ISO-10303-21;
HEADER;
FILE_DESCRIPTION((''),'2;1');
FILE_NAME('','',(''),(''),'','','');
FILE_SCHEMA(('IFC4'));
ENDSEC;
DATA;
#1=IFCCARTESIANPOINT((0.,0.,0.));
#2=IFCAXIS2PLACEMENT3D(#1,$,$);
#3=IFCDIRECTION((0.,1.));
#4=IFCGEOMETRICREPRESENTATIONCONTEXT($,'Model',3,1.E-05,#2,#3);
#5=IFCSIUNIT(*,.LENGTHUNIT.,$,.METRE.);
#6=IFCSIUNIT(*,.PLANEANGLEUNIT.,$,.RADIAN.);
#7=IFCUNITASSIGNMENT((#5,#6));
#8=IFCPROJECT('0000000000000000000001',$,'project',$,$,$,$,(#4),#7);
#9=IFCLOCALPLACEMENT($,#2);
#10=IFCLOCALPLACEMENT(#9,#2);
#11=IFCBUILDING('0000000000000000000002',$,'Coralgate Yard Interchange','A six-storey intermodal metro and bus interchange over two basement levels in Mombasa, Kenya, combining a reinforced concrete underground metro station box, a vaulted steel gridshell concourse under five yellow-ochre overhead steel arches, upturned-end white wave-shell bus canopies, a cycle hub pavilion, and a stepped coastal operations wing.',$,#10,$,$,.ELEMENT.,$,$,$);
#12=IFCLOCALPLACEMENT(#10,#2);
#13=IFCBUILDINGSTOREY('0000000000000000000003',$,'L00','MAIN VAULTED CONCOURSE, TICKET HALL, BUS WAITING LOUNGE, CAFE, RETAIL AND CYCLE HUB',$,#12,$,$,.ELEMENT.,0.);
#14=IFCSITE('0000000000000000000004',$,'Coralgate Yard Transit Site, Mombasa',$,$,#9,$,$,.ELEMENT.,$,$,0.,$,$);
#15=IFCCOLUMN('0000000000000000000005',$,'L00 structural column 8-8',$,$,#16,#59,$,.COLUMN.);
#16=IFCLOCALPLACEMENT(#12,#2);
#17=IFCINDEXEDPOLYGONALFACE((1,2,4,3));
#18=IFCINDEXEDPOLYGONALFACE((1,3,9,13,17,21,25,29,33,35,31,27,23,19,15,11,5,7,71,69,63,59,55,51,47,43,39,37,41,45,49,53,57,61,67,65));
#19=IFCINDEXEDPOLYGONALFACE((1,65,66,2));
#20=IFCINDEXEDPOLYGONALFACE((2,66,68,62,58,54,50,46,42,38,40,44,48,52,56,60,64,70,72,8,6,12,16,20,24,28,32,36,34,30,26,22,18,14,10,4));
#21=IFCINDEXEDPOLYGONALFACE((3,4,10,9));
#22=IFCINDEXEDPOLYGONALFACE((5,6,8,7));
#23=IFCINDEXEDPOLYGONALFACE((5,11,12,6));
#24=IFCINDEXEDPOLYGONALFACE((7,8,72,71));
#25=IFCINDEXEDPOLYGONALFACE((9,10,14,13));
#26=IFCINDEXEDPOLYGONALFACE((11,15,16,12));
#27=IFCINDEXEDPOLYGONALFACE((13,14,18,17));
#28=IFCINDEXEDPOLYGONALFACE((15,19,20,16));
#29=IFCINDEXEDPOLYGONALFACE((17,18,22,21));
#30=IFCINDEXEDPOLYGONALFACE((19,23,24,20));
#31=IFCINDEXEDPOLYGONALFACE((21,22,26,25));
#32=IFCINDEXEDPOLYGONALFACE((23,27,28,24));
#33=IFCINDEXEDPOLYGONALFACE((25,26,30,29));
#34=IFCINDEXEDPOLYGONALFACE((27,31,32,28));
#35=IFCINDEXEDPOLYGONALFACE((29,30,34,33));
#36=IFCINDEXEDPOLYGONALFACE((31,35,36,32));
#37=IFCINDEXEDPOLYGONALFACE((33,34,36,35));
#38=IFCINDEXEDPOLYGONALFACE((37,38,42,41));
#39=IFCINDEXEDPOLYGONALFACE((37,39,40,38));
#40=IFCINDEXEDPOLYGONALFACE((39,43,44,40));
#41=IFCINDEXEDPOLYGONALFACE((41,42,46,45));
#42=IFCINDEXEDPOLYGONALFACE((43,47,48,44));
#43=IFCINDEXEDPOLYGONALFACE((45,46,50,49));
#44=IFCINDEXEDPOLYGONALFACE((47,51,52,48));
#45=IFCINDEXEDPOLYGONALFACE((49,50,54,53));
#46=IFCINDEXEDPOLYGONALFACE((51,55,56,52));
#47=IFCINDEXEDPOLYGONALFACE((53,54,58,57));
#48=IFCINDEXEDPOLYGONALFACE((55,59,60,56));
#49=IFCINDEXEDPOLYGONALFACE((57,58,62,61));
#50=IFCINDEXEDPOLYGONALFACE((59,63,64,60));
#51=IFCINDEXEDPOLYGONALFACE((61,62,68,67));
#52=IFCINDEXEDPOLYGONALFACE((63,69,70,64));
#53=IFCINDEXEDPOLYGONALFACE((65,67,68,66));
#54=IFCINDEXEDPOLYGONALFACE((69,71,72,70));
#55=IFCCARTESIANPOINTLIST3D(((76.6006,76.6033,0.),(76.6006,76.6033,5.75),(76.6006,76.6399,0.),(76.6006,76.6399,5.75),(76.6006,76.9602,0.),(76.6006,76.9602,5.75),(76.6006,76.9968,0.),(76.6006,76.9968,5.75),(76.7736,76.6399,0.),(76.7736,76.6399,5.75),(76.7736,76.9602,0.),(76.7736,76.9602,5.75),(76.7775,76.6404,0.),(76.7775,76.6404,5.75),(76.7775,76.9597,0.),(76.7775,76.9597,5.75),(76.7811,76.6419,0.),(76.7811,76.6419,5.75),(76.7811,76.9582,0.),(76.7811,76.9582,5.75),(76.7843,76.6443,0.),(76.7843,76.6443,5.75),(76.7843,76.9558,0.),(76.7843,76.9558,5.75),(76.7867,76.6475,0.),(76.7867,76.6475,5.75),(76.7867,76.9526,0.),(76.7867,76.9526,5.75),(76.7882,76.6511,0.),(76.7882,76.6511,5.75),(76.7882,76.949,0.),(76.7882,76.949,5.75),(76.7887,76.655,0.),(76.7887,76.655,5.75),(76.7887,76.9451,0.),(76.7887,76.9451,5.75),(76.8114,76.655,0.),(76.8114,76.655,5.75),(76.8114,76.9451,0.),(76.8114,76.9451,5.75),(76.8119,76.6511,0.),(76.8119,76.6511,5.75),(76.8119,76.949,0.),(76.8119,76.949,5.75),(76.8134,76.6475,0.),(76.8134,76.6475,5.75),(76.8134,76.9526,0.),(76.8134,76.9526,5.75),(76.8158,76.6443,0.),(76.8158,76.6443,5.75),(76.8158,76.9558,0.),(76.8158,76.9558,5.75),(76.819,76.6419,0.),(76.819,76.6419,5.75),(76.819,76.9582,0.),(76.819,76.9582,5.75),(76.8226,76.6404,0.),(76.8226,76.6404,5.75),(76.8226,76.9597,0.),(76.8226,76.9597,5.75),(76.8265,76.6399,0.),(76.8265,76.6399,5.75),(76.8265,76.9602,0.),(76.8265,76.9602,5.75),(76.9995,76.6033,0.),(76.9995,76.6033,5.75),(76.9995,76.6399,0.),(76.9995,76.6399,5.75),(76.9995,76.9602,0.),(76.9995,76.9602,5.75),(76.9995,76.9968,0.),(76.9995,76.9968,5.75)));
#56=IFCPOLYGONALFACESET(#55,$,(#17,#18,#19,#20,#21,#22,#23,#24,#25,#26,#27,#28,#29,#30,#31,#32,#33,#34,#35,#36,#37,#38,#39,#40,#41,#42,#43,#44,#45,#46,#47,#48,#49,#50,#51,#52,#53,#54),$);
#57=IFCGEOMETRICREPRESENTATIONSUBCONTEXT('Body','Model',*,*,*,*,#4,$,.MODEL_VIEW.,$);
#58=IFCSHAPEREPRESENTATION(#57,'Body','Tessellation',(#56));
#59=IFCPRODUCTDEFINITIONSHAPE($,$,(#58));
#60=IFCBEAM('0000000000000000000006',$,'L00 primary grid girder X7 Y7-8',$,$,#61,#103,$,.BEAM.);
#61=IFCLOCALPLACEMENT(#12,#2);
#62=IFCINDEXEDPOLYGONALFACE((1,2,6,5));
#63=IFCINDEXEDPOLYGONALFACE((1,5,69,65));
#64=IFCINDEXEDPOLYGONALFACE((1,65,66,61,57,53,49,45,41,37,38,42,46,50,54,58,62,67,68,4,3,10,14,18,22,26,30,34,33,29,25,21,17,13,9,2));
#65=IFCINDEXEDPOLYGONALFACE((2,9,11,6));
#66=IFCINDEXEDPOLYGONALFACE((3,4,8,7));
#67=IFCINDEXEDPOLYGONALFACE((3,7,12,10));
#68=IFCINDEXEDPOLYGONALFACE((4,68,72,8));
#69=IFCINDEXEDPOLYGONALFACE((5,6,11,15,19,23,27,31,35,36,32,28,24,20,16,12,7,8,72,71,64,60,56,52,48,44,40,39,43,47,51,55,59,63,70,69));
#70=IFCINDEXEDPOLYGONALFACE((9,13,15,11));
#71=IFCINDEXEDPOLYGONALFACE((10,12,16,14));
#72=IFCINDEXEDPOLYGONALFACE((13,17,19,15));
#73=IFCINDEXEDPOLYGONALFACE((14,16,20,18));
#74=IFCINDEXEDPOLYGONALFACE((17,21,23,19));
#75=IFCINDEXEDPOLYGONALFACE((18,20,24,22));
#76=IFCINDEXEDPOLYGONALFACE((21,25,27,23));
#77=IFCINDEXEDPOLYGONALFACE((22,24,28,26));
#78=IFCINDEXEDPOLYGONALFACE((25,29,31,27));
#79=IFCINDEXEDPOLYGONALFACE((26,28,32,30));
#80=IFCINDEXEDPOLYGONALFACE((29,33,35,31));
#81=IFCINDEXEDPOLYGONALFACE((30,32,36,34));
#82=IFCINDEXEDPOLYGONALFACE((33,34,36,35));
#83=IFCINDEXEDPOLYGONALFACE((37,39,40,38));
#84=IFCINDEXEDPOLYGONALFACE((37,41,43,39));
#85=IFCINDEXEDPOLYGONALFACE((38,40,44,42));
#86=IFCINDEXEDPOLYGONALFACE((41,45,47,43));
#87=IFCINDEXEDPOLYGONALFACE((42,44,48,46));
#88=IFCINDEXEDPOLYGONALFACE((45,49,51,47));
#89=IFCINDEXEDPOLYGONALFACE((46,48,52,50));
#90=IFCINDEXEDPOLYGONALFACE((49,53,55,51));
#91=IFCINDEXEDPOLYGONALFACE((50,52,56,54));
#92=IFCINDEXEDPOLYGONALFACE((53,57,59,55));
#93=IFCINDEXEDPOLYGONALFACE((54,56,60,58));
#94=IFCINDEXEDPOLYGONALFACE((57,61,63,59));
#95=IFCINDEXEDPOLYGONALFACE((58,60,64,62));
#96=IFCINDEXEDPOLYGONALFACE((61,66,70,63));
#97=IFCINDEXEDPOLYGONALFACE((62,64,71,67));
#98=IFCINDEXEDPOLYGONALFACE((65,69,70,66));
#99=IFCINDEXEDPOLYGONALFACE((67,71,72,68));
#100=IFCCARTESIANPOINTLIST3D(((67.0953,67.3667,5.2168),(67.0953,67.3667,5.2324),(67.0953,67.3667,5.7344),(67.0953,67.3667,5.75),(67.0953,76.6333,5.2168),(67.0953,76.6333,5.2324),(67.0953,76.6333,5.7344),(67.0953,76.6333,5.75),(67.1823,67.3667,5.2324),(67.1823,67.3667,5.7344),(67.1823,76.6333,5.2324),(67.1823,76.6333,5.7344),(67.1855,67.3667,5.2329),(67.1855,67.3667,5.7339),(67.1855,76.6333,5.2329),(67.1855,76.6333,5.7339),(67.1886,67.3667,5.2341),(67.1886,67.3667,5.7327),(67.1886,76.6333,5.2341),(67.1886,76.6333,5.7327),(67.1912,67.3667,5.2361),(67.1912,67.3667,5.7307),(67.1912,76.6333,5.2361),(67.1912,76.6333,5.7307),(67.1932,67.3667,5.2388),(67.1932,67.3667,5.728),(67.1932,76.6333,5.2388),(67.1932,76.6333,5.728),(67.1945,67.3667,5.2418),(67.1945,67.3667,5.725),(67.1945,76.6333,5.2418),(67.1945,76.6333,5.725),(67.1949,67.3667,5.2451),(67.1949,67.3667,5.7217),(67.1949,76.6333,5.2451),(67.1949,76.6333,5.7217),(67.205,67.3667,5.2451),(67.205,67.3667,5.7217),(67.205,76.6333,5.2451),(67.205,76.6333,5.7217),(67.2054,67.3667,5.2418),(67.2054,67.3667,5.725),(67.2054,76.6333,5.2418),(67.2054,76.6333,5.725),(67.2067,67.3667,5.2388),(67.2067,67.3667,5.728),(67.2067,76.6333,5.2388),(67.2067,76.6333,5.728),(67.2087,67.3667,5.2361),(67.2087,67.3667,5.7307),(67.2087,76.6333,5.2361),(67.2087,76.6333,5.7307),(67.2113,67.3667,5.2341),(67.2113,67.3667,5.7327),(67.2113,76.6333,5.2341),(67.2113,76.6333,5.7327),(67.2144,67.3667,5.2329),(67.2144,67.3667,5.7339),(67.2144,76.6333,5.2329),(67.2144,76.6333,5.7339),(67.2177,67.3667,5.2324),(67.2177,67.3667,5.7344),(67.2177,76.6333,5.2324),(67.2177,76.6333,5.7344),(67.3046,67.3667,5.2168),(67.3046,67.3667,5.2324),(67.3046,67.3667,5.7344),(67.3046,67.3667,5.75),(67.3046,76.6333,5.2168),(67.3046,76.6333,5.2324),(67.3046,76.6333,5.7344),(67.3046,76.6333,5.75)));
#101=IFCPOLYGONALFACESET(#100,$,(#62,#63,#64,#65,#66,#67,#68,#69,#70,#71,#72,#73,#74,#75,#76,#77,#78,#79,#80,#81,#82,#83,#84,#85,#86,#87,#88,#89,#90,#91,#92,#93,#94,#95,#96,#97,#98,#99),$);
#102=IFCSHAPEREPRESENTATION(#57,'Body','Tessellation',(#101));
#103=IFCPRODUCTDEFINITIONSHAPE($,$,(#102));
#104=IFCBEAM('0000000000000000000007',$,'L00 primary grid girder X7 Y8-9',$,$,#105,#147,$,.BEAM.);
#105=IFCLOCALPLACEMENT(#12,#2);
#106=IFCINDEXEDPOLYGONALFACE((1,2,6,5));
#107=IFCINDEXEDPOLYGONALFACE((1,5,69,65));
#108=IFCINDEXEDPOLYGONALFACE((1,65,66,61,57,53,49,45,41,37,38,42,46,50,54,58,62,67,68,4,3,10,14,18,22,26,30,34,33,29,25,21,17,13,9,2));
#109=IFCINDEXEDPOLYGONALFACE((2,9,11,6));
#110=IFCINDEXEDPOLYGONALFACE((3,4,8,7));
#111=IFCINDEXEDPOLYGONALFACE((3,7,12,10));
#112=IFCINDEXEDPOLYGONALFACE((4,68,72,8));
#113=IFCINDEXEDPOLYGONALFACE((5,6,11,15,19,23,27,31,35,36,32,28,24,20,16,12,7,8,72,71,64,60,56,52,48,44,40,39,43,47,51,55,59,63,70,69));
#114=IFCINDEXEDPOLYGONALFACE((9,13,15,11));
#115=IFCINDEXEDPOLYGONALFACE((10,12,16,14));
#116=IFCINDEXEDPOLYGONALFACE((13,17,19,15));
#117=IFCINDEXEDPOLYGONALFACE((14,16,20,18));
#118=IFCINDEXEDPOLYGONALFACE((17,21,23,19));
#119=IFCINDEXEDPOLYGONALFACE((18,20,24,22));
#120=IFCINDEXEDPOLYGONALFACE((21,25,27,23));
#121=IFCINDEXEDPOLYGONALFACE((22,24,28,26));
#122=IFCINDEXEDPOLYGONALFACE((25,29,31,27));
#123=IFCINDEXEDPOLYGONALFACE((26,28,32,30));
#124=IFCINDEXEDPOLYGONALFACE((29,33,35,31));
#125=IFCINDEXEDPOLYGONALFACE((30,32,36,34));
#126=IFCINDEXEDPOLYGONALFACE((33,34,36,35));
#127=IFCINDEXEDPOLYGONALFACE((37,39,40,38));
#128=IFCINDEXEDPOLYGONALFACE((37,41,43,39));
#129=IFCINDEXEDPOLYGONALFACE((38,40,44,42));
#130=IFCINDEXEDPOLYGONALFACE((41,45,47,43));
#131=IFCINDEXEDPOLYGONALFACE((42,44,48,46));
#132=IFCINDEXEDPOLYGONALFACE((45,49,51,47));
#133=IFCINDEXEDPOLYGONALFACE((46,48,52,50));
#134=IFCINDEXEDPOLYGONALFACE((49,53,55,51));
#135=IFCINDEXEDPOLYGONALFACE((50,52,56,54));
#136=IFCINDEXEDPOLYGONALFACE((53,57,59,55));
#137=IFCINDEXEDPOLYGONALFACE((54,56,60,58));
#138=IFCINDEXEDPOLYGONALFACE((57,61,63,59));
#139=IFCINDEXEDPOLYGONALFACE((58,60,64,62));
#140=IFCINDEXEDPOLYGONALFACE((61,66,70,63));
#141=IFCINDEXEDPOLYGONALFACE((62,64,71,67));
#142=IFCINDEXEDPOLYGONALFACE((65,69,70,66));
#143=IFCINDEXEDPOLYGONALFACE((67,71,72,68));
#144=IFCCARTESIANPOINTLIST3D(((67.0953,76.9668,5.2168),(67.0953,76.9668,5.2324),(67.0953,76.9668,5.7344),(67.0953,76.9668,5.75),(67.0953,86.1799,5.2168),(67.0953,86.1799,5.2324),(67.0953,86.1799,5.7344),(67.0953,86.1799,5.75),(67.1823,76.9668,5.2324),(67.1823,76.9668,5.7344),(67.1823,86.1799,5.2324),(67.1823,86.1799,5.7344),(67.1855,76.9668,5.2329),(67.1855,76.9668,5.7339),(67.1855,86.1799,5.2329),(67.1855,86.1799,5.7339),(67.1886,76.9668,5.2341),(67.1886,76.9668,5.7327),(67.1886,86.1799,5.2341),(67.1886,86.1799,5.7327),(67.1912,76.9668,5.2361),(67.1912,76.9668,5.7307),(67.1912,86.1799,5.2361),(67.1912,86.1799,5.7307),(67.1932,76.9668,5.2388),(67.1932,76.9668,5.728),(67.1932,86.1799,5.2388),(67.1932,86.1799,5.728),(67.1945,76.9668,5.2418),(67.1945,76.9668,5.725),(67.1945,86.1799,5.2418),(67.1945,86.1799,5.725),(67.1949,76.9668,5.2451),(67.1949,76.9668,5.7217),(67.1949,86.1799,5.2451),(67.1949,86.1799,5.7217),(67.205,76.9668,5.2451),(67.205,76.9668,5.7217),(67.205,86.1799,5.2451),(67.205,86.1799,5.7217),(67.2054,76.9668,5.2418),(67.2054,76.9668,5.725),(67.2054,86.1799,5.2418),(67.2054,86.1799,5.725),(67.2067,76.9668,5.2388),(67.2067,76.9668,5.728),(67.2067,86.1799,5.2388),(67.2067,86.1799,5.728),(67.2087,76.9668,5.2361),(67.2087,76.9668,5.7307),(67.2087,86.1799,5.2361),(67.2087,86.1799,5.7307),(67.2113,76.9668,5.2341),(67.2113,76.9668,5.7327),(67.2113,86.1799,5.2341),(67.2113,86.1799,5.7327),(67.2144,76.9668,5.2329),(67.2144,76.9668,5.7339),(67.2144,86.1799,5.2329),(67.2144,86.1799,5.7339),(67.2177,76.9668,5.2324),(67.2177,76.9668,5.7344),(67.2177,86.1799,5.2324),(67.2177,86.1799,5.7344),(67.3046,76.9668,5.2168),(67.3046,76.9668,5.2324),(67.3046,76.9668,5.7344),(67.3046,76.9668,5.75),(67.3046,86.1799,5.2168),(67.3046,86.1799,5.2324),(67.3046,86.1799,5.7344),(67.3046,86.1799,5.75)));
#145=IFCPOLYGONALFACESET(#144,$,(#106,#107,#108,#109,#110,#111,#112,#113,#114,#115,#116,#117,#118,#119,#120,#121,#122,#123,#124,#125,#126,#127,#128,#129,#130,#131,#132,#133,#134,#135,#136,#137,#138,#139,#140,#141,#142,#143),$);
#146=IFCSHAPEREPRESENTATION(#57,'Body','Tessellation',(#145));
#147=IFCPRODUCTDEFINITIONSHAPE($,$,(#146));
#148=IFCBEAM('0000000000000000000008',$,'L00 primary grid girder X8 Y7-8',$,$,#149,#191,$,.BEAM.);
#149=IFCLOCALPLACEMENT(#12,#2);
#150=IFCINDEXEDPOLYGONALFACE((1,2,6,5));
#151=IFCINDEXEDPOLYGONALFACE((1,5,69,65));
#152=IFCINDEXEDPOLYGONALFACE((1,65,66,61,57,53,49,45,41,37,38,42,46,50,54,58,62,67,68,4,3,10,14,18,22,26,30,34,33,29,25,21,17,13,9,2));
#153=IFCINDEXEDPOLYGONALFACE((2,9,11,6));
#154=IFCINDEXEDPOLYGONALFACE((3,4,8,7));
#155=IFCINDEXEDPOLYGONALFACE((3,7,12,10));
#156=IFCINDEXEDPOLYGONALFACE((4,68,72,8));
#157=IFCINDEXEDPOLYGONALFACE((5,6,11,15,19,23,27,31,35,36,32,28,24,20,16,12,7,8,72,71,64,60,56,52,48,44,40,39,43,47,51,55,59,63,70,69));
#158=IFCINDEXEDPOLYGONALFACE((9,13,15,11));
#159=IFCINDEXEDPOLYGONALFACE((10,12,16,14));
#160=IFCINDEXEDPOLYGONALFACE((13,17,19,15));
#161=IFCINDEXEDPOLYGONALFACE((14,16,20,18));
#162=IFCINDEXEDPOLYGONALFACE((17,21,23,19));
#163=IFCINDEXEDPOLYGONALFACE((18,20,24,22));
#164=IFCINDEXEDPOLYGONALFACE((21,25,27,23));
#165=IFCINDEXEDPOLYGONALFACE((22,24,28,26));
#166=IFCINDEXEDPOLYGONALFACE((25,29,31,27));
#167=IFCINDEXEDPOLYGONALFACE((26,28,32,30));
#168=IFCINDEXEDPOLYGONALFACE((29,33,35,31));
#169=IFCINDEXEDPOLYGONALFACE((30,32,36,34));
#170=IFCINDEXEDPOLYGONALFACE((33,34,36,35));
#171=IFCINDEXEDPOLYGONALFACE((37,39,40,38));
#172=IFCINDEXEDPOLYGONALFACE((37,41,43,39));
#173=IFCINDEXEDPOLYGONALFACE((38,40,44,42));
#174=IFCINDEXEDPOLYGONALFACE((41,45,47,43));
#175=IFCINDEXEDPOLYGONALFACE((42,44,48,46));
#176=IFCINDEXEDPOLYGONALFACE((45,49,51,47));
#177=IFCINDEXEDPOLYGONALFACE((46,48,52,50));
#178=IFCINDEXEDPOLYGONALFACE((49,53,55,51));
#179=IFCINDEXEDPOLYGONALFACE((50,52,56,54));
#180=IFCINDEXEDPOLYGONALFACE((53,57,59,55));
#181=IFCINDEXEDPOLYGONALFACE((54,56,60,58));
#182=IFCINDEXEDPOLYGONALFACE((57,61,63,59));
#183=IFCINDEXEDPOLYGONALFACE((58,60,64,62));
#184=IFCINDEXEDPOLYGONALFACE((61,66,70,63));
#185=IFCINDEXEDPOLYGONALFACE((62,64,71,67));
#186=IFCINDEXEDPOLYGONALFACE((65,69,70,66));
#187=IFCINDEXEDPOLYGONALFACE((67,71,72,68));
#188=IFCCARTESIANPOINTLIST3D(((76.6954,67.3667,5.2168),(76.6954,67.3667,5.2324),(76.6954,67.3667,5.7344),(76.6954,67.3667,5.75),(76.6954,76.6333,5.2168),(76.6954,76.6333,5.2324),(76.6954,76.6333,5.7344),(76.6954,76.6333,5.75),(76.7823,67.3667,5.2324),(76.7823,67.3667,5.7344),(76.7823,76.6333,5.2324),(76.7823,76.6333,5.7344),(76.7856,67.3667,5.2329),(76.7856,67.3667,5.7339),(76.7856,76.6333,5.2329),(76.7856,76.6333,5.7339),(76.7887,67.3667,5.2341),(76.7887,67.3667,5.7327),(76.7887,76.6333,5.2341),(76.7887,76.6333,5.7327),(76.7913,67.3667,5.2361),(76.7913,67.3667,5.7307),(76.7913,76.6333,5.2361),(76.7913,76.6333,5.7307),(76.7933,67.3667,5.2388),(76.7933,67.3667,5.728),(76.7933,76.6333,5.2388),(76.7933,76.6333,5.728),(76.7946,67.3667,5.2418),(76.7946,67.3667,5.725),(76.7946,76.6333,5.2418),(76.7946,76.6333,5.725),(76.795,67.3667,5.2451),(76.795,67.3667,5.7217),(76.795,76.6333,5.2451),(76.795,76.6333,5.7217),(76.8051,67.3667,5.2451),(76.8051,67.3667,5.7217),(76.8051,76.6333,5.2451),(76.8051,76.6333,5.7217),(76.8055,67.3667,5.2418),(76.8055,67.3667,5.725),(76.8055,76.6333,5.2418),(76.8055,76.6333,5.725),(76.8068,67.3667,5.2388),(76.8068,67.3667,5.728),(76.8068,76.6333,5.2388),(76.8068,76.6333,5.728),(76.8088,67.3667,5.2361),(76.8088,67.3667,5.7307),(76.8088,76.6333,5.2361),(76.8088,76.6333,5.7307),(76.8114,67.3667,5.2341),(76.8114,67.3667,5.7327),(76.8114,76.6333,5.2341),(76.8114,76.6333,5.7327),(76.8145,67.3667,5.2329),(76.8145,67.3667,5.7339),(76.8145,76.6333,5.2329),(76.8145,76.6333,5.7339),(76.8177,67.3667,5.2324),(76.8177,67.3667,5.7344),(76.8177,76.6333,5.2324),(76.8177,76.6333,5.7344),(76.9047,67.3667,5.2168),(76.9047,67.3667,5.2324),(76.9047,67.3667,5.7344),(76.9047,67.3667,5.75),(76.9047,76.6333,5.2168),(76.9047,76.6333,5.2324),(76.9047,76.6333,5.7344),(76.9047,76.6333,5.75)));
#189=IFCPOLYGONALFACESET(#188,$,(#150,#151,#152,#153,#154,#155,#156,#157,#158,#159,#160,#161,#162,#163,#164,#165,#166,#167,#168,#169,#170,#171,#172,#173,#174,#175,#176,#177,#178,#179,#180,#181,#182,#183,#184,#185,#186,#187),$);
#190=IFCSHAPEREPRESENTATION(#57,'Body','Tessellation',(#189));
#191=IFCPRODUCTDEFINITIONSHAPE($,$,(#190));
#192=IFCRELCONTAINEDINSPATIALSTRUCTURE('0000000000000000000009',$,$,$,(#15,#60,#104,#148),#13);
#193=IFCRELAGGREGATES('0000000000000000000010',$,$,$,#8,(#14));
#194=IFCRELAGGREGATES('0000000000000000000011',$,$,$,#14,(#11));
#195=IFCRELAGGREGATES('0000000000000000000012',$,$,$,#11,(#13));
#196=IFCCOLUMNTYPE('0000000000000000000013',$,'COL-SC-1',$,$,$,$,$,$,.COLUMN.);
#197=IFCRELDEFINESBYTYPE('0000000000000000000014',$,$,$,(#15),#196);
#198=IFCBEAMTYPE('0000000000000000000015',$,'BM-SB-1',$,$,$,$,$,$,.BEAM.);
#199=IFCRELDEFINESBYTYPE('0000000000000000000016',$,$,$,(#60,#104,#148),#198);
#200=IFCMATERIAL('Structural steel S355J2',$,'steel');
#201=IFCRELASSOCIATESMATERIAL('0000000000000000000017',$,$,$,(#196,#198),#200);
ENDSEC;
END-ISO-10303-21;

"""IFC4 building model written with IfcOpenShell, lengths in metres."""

from ifc_helpers import new_model, si_unit, direction, frame, origin, origin_2d, place, context, subcontext, project, spatial, i_section, extrude, material, material_profile, profile_set, type_object, element, save


model = new_model("IFC4")

# Units and contexts
model_context = context("Model", 3, precision=1e-05, world=origin(), true_north=direction((0.0, 1.0)))
body_context = subcontext(model_context, "Body", "Model", "MODEL_VIEW")
ifc_project = project(units=[si_unit("LENGTHUNIT", "METRE"), si_unit("PLANEANGLEUNIT", "RADIAN")], contexts=[model_context])

# Site, building, storey
site_placement = place(None, origin())
site = spatial("IfcSite", under=ifc_project, at=site_placement, Name="Coralgate Yard Transit Site, Mombasa", CompositionType="ELEMENT", RefElevation=0.0)
building_placement = place(site_placement, origin())
building = spatial("IfcBuilding", under=site, at=building_placement, Name="Coralgate Yard Interchange", Description="A six-storey intermodal metro and bus interchange over two basement levels in Mombasa, Kenya, combining a reinforced concrete underground metro station box, a vaulted steel gridshell concourse under five yellow-ochre overhead steel arches, upturned-end white wave-shell bus canopies, a cycle hub pavilion, and a stepped coastal operations wing.", CompositionType="ELEMENT")
storey_placement = place(building_placement, origin())
storey = spatial("IfcBuildingStorey", under=building, at=storey_placement, Name="L00", Description="MAIN VAULTED CONCOURSE, TICKET HALL, BUS WAITING LOUNGE, CAFE, RETAIL AND CYCLE HUB", CompositionType="ELEMENT", Elevation=0.0)

# Column
ifc_material_1 = material(Name="Structural steel S355J2", Category="steel")
ifc_material_profile_1 = material_profile(ifc_material_1, i_section(OverallWidth=0.3989, OverallDepth=0.3936, WebThickness=0.0227, FlangeThickness=0.0366, FilletRadius=0.0151, at=origin_2d()), Name="UC 356x406x287")
ifc_profile_set_1 = profile_set([ifc_material_profile_1], Name="Structural steel S355J2")
column_type_1 = type_object("IfcColumnType", Name="COL-SC-1", PredefinedType="COLUMN", material=ifc_profile_set_1)
for number, where, z_axis, x_axis, name in (
    (1, (76.8, 76.8, 0.0), (0.0, 0.0, 1.0), (1.0, 0.0, 0.0), "L00 structural column 8-8"),
):
    element("IfcColumn", number, at=place(storey_placement, frame(where, z_axis=z_axis, x_axis=x_axis)), inside=storey, type_object=column_type_1, Name=name, PredefinedType="COLUMN", context=body_context, shape_type="SweptSolid", body=[
        extrude(i_section(OverallWidth=0.3989, OverallDepth=0.3936, WebThickness=0.0227, FlangeThickness=0.0366, FilletRadius=0.0151, at=origin_2d()), origin(), (0.0, 0.0, 1.0), 5.75),
    ])

# Beams
ifc_material_profile_2 = material_profile(ifc_material_1, i_section(OverallWidth=0.2092, OverallDepth=0.5332, WebThickness=0.01, FlangeThickness=0.0156, FilletRadius=0.0127, at=origin_2d()), Name="UB 533x210x92")
ifc_profile_set_2 = profile_set([ifc_material_profile_2], Name="Structural steel S355J2")
beam_type_1 = type_object("IfcBeamType", Name="BM-SB-1", PredefinedType="BEAM", material=ifc_profile_set_2)
beam_1_placement = place(storey_placement, frame((67.2, 67.3667, 5.4834), z_axis=(0.0, 1.0, 0.0), x_axis=(-1.0, 0.0, 0.0)))
element("IfcBeam", 2, at=beam_1_placement, inside=storey, type_object=beam_type_1, Name="L00 primary grid girder X7 Y7-8", PredefinedType="BEAM", context=body_context, shape_type="SweptSolid", body=[
    extrude(i_section(OverallWidth=0.2092, OverallDepth=0.5332, WebThickness=0.01, FlangeThickness=0.0156, FilletRadius=0.0127, at=origin_2d()), origin(), (0.0, 0.0, 1.0), 9.2666),
])
beam_2_placement = place(storey_placement, frame((67.2, 76.9668, 5.4834), z_axis=(0.0, 1.0, 0.0), x_axis=(-1.0, 0.0, 0.0)))
element("IfcBeam", 3, at=beam_2_placement, inside=storey, type_object=beam_type_1, Name="L00 primary grid girder X7 Y8-9", PredefinedType="BEAM", context=body_context, shape_type="SweptSolid", body=[
    extrude(i_section(OverallWidth=0.2092, OverallDepth=0.5332, WebThickness=0.01, FlangeThickness=0.0156, FilletRadius=0.0127, at=origin_2d()), origin(), (0.0, 0.0, 1.0), 9.2131),
])
beam_3_placement = place(storey_placement, frame((76.8, 67.3667, 5.4834), z_axis=(0.0, 1.0, 0.0), x_axis=(-1.0, 0.0, 0.0)))
element("IfcBeam", 4, at=beam_3_placement, inside=storey, type_object=beam_type_1, Name="L00 primary grid girder X8 Y7-8", PredefinedType="BEAM", context=body_context, shape_type="SweptSolid", body=[
    extrude(i_section(OverallWidth=0.2092, OverallDepth=0.5332, WebThickness=0.01, FlangeThickness=0.0156, FilletRadius=0.0127, at=origin_2d()), origin(), (0.0, 0.0, 1.0), 9.2666),
])

save(model, "model.ifc")
